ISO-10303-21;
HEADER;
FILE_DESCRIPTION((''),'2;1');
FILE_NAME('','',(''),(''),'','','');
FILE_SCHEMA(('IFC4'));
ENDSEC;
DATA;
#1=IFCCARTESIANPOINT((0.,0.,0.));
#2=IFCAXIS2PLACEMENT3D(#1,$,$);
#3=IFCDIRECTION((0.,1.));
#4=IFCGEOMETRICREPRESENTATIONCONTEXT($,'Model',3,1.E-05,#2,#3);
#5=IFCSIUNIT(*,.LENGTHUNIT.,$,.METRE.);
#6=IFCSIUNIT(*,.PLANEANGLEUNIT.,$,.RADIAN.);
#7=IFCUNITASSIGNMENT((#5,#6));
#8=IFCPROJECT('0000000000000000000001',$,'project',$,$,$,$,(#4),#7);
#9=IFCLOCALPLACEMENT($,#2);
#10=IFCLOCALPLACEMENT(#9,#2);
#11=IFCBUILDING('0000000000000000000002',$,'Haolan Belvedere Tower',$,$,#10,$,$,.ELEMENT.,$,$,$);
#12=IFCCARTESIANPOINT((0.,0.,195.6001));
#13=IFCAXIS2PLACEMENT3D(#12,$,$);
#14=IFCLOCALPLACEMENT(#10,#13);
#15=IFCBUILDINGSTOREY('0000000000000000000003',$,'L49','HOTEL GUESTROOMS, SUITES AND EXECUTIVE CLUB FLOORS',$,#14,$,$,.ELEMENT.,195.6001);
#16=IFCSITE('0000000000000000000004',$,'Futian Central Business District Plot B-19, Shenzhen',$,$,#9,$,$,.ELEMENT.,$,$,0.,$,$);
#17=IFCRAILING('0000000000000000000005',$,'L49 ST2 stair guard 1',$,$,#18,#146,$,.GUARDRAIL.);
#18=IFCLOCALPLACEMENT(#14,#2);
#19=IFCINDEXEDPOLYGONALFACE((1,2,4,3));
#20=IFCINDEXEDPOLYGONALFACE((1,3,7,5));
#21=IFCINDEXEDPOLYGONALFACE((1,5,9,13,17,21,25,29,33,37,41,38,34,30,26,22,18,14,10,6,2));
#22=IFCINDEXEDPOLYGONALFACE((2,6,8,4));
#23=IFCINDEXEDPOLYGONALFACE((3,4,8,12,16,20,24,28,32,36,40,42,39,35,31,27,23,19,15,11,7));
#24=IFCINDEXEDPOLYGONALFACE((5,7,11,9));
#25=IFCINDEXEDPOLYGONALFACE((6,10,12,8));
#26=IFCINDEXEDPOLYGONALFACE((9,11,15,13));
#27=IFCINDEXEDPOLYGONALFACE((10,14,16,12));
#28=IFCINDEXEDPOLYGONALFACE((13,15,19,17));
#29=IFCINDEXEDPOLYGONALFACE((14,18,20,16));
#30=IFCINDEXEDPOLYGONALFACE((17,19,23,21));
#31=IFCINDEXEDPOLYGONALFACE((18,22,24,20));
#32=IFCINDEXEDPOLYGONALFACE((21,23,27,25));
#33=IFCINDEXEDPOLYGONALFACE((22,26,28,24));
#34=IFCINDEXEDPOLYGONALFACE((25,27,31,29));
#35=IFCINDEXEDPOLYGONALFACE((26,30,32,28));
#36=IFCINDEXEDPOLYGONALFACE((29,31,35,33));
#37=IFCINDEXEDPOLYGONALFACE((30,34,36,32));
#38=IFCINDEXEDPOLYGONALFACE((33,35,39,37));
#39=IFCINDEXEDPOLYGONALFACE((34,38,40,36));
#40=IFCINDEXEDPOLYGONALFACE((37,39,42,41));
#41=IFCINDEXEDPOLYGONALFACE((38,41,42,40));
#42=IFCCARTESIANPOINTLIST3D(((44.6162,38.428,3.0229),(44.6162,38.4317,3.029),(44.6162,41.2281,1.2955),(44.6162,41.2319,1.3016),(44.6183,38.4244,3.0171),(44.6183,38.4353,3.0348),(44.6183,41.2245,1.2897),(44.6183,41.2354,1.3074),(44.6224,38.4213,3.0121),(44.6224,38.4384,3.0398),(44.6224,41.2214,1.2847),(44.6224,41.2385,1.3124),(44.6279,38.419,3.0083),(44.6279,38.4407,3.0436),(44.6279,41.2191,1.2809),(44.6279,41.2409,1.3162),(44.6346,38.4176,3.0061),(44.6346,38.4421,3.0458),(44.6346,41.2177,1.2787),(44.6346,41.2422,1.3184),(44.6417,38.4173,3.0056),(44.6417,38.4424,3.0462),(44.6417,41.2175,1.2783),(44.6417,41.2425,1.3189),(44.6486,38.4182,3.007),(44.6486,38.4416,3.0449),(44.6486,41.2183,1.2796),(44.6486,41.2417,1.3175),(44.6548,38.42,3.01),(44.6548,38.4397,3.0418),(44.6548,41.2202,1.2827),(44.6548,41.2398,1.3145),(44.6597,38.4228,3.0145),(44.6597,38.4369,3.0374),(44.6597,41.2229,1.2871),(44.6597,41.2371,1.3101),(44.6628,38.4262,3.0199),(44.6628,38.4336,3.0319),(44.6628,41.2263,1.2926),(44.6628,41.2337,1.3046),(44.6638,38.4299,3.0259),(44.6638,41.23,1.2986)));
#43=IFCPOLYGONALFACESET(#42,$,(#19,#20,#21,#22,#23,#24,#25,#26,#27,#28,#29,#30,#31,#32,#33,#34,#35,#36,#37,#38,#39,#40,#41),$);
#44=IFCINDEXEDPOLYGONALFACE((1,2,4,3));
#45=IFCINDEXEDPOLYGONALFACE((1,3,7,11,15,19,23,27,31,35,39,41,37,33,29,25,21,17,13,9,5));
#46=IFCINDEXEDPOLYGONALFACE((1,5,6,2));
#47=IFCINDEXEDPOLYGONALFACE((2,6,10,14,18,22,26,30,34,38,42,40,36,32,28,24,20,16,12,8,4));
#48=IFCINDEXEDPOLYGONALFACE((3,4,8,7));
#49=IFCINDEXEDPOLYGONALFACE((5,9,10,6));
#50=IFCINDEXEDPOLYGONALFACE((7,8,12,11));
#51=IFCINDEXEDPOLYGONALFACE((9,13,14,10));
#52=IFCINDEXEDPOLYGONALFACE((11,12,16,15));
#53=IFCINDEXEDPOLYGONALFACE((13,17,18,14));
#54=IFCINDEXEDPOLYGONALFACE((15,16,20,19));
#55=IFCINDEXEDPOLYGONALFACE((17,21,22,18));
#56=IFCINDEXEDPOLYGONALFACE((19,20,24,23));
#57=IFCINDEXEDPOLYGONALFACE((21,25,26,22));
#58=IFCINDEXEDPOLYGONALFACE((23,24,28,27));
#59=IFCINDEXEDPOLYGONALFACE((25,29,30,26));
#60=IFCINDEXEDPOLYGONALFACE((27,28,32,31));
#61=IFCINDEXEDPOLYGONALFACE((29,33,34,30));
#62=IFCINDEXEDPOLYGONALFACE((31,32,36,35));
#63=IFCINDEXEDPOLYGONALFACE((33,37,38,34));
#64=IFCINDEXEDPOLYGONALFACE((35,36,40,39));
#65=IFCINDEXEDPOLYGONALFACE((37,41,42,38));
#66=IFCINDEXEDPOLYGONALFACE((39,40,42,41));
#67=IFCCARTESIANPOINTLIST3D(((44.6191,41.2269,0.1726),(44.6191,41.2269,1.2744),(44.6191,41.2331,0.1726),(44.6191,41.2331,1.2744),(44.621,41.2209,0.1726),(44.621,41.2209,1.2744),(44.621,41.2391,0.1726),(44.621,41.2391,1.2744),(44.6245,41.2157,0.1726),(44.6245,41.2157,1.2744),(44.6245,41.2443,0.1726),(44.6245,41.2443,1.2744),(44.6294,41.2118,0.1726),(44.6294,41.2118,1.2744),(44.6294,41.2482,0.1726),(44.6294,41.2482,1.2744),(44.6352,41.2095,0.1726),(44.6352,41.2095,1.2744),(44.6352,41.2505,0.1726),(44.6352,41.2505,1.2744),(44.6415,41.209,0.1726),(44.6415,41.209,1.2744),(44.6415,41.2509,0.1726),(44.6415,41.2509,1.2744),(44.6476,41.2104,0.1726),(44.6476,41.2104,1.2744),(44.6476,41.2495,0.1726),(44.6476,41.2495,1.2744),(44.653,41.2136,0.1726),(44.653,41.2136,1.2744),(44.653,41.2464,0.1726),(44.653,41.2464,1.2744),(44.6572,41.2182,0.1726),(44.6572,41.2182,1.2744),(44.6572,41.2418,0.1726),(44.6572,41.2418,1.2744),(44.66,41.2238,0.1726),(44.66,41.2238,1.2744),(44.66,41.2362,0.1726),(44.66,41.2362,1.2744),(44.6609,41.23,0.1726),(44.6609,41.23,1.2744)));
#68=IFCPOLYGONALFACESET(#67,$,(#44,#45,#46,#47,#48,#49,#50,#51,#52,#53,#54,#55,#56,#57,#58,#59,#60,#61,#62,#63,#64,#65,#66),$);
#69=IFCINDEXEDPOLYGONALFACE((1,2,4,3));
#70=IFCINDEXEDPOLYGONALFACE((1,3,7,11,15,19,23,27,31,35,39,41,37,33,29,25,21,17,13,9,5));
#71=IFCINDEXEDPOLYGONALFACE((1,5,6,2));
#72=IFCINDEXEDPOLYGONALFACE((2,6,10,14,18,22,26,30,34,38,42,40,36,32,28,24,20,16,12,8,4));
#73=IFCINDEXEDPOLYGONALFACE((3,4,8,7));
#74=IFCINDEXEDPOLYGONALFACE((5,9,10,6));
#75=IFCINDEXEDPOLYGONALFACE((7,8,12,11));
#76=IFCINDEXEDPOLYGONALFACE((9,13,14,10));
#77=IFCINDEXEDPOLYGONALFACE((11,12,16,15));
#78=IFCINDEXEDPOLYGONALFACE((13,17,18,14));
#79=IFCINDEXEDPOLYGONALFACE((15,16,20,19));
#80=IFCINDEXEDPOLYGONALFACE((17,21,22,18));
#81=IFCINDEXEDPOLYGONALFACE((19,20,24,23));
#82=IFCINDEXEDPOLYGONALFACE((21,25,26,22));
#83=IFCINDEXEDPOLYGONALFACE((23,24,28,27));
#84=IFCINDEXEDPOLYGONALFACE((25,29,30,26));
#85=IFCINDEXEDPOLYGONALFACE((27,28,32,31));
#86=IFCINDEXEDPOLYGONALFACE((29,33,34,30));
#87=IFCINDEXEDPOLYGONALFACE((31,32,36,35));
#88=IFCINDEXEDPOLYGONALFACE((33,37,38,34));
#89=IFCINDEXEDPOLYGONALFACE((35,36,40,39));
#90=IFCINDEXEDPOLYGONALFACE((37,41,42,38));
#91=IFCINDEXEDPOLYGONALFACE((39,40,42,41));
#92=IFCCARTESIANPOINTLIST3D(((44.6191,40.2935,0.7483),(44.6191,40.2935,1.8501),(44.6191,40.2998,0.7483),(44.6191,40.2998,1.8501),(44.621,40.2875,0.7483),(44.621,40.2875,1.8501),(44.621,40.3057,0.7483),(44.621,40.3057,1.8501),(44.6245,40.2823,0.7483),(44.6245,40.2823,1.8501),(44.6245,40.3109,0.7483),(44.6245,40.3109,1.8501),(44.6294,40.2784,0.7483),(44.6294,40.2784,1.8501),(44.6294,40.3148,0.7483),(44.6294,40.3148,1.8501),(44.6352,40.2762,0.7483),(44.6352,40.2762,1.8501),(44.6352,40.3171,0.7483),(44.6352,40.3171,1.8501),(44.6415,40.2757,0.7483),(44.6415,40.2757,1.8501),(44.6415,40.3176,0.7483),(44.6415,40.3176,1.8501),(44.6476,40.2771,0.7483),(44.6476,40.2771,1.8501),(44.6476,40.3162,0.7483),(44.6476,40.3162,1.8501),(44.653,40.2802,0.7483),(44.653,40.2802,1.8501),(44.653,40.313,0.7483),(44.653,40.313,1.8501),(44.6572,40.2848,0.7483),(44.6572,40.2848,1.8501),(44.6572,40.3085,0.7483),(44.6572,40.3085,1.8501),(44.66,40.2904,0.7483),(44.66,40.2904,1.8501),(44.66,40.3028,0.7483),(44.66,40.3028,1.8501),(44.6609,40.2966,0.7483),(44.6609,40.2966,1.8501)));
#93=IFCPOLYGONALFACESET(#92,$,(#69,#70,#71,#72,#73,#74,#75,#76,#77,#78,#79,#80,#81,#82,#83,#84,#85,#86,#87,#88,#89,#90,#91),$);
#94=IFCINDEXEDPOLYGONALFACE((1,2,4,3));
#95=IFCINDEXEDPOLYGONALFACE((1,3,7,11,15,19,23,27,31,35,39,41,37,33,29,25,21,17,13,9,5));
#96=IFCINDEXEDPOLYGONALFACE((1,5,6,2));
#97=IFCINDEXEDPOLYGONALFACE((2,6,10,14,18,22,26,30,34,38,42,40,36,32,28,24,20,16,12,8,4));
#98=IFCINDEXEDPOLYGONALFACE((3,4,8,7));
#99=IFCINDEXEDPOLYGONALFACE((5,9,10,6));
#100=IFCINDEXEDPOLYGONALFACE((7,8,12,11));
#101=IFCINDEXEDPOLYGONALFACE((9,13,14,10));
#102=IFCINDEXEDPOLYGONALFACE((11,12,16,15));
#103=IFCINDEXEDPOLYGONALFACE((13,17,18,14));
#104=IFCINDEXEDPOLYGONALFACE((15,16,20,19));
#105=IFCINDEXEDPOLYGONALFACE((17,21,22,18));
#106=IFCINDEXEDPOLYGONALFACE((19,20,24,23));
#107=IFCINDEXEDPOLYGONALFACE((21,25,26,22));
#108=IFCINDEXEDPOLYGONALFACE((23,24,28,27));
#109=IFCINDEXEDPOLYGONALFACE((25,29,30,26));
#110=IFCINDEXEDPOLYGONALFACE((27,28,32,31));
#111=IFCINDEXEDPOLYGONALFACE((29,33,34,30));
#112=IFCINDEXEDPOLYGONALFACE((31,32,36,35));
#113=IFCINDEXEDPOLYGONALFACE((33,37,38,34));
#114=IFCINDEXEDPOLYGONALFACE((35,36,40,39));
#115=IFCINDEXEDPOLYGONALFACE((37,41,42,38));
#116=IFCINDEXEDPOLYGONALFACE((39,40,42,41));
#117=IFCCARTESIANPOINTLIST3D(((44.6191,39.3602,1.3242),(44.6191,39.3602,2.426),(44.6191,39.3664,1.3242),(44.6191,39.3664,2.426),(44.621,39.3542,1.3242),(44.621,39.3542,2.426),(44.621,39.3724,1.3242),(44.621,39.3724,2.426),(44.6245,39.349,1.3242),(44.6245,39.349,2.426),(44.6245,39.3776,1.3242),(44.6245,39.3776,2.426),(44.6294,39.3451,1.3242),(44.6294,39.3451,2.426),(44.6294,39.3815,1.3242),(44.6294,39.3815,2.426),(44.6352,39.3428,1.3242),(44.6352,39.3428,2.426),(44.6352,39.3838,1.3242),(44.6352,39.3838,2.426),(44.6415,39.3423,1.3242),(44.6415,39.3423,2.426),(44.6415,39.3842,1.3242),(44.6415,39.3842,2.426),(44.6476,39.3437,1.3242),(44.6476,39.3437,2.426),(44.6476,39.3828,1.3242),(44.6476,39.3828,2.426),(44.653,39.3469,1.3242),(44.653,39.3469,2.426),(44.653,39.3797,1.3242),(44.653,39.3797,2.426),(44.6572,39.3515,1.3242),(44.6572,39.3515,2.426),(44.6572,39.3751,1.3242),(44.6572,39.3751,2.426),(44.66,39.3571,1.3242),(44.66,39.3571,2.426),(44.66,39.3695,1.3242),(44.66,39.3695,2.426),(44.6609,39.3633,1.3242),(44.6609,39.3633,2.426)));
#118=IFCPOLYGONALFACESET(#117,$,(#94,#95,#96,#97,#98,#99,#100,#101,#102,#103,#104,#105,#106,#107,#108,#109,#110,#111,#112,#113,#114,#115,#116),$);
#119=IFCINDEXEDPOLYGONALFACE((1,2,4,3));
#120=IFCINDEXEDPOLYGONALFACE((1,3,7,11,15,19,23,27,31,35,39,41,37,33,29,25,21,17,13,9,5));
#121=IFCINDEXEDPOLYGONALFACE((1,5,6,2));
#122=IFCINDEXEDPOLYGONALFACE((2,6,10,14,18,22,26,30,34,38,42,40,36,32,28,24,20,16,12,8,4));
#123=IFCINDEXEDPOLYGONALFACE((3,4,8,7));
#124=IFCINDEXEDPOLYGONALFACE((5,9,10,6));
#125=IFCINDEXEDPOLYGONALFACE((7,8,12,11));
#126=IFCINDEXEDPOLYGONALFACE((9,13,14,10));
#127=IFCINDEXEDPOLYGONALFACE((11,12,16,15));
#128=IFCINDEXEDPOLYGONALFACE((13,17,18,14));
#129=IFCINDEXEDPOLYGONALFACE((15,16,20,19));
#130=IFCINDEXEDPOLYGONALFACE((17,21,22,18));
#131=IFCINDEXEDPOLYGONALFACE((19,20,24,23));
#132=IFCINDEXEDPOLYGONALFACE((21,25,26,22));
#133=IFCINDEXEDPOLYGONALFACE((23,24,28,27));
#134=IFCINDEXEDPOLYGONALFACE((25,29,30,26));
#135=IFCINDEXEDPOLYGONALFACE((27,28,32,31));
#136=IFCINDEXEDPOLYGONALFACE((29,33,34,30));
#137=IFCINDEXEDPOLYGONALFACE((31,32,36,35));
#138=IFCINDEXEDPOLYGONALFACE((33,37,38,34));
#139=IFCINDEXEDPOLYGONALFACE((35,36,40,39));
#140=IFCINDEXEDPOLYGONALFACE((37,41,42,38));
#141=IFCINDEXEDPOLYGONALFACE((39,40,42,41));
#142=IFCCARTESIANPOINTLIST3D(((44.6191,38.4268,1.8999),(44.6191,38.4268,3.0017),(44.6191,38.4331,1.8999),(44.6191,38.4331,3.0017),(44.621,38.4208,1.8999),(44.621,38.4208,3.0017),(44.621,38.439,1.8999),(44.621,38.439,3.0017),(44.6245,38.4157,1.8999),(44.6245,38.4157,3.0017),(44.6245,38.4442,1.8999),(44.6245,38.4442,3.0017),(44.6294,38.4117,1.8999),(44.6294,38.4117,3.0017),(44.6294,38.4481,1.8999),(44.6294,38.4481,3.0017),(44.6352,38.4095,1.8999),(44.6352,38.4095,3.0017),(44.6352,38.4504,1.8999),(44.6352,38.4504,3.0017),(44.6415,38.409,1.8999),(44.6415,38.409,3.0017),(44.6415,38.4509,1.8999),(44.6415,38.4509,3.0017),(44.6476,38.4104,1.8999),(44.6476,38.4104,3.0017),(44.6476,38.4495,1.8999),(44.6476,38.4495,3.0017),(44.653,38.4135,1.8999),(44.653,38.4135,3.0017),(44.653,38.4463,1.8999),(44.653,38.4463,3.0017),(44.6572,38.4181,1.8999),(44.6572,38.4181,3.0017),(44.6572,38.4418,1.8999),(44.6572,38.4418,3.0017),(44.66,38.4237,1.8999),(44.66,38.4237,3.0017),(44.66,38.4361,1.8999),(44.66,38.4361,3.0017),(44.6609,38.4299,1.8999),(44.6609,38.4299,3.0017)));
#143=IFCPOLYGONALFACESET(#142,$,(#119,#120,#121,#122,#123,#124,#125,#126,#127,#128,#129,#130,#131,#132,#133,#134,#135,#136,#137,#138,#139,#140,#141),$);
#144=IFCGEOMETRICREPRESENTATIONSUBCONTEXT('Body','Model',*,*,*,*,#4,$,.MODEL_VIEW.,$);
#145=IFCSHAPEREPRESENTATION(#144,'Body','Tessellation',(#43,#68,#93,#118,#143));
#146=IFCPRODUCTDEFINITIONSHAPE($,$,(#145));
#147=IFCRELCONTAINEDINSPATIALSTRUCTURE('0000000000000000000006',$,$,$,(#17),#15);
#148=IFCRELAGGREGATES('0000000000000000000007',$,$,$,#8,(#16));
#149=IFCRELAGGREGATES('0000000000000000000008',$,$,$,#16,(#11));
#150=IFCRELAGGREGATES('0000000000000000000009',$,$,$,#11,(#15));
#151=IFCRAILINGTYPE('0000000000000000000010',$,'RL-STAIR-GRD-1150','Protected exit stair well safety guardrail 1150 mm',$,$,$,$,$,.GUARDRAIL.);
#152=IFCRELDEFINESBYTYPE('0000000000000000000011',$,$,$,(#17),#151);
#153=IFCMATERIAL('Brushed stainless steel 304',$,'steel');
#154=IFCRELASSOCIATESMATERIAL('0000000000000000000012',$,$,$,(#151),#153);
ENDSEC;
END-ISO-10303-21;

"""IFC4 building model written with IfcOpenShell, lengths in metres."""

from ifc_helpers import new_model, si_unit, direction, frame, origin, origin_2d, place, context, subcontext, project, spatial, circle, extrude, material, type_object, element, save


model = new_model("IFC4")

# Units and contexts
model_context = context("Model", 3, precision=1e-05, world=origin(), true_north=direction((0.0, 1.0)))
body_context = subcontext(model_context, "Body", "Model", "MODEL_VIEW")
ifc_project = project(units=[si_unit("LENGTHUNIT", "METRE"), si_unit("PLANEANGLEUNIT", "RADIAN")], contexts=[model_context])

# Site, building, storey
site_placement = place(None, origin())
site = spatial("IfcSite", under=ifc_project, at=site_placement, Name="Futian Central Business District Plot B-19, Shenzhen", CompositionType="ELEMENT", RefElevation=0.0)
building_placement = place(site_placement, origin())
building = spatial("IfcBuilding", under=site, at=building_placement, Name="Haolan Belvedere Tower", CompositionType="ELEMENT")
storey_placement = place(building_placement, frame((0.0, 0.0, 195.6001)))
storey = spatial("IfcBuildingStorey", under=building, at=storey_placement, Name="L49", Description="HOTEL GUESTROOMS, SUITES AND EXECUTIVE CLUB FLOORS", CompositionType="ELEMENT", Elevation=195.6001)

# Railing
ifc_material_1 = material(Name="Brushed stainless steel 304", Category="steel")
railing_type_1 = type_object("IfcRailingType", Name="RL-STAIR-GRD-1150", Description="Protected exit stair well safety guardrail 1150 mm", PredefinedType="GUARDRAIL", material=ifc_material_1)
railing_1_placement = place(storey_placement, frame((44.6399, 41.23, 0.1726)))
element("IfcRailing", 1, at=railing_1_placement, inside=storey, type_object=railing_type_1, Name="L49 ST2 stair guard 1", PredefinedType="GUARDRAIL", context=body_context, shape_type="SweptSolid", body=[
    extrude(circle(Radius=0.0239, at=origin_2d()), frame((0.0, 0.0, 1.126), z_axis=(0.0, -0.85109, 0.52502), x_axis=(1.0, 0.0, 0.0)), (0.0, 0.0, 1.0), 3.29),
    extrude(circle(Radius=0.021, at=origin_2d()), origin(), (0.0, 0.0, 1.0), 1.1018),
    extrude(circle(Radius=0.021, at=origin_2d()), frame((0.0, -0.9333, 0.5757)), (0.0, 0.0, 1.0), 1.1018),
    extrude(circle(Radius=0.021, at=origin_2d()), frame((0.0, -1.8667, 1.1516)), (0.0, 0.0, 1.0), 1.1018),
    extrude(circle(Radius=0.021, at=origin_2d()), frame((0.0, -2.8, 1.7273)), (0.0, 0.0, 1.0), 1.1018),
])

save(model, "model.ifc")
